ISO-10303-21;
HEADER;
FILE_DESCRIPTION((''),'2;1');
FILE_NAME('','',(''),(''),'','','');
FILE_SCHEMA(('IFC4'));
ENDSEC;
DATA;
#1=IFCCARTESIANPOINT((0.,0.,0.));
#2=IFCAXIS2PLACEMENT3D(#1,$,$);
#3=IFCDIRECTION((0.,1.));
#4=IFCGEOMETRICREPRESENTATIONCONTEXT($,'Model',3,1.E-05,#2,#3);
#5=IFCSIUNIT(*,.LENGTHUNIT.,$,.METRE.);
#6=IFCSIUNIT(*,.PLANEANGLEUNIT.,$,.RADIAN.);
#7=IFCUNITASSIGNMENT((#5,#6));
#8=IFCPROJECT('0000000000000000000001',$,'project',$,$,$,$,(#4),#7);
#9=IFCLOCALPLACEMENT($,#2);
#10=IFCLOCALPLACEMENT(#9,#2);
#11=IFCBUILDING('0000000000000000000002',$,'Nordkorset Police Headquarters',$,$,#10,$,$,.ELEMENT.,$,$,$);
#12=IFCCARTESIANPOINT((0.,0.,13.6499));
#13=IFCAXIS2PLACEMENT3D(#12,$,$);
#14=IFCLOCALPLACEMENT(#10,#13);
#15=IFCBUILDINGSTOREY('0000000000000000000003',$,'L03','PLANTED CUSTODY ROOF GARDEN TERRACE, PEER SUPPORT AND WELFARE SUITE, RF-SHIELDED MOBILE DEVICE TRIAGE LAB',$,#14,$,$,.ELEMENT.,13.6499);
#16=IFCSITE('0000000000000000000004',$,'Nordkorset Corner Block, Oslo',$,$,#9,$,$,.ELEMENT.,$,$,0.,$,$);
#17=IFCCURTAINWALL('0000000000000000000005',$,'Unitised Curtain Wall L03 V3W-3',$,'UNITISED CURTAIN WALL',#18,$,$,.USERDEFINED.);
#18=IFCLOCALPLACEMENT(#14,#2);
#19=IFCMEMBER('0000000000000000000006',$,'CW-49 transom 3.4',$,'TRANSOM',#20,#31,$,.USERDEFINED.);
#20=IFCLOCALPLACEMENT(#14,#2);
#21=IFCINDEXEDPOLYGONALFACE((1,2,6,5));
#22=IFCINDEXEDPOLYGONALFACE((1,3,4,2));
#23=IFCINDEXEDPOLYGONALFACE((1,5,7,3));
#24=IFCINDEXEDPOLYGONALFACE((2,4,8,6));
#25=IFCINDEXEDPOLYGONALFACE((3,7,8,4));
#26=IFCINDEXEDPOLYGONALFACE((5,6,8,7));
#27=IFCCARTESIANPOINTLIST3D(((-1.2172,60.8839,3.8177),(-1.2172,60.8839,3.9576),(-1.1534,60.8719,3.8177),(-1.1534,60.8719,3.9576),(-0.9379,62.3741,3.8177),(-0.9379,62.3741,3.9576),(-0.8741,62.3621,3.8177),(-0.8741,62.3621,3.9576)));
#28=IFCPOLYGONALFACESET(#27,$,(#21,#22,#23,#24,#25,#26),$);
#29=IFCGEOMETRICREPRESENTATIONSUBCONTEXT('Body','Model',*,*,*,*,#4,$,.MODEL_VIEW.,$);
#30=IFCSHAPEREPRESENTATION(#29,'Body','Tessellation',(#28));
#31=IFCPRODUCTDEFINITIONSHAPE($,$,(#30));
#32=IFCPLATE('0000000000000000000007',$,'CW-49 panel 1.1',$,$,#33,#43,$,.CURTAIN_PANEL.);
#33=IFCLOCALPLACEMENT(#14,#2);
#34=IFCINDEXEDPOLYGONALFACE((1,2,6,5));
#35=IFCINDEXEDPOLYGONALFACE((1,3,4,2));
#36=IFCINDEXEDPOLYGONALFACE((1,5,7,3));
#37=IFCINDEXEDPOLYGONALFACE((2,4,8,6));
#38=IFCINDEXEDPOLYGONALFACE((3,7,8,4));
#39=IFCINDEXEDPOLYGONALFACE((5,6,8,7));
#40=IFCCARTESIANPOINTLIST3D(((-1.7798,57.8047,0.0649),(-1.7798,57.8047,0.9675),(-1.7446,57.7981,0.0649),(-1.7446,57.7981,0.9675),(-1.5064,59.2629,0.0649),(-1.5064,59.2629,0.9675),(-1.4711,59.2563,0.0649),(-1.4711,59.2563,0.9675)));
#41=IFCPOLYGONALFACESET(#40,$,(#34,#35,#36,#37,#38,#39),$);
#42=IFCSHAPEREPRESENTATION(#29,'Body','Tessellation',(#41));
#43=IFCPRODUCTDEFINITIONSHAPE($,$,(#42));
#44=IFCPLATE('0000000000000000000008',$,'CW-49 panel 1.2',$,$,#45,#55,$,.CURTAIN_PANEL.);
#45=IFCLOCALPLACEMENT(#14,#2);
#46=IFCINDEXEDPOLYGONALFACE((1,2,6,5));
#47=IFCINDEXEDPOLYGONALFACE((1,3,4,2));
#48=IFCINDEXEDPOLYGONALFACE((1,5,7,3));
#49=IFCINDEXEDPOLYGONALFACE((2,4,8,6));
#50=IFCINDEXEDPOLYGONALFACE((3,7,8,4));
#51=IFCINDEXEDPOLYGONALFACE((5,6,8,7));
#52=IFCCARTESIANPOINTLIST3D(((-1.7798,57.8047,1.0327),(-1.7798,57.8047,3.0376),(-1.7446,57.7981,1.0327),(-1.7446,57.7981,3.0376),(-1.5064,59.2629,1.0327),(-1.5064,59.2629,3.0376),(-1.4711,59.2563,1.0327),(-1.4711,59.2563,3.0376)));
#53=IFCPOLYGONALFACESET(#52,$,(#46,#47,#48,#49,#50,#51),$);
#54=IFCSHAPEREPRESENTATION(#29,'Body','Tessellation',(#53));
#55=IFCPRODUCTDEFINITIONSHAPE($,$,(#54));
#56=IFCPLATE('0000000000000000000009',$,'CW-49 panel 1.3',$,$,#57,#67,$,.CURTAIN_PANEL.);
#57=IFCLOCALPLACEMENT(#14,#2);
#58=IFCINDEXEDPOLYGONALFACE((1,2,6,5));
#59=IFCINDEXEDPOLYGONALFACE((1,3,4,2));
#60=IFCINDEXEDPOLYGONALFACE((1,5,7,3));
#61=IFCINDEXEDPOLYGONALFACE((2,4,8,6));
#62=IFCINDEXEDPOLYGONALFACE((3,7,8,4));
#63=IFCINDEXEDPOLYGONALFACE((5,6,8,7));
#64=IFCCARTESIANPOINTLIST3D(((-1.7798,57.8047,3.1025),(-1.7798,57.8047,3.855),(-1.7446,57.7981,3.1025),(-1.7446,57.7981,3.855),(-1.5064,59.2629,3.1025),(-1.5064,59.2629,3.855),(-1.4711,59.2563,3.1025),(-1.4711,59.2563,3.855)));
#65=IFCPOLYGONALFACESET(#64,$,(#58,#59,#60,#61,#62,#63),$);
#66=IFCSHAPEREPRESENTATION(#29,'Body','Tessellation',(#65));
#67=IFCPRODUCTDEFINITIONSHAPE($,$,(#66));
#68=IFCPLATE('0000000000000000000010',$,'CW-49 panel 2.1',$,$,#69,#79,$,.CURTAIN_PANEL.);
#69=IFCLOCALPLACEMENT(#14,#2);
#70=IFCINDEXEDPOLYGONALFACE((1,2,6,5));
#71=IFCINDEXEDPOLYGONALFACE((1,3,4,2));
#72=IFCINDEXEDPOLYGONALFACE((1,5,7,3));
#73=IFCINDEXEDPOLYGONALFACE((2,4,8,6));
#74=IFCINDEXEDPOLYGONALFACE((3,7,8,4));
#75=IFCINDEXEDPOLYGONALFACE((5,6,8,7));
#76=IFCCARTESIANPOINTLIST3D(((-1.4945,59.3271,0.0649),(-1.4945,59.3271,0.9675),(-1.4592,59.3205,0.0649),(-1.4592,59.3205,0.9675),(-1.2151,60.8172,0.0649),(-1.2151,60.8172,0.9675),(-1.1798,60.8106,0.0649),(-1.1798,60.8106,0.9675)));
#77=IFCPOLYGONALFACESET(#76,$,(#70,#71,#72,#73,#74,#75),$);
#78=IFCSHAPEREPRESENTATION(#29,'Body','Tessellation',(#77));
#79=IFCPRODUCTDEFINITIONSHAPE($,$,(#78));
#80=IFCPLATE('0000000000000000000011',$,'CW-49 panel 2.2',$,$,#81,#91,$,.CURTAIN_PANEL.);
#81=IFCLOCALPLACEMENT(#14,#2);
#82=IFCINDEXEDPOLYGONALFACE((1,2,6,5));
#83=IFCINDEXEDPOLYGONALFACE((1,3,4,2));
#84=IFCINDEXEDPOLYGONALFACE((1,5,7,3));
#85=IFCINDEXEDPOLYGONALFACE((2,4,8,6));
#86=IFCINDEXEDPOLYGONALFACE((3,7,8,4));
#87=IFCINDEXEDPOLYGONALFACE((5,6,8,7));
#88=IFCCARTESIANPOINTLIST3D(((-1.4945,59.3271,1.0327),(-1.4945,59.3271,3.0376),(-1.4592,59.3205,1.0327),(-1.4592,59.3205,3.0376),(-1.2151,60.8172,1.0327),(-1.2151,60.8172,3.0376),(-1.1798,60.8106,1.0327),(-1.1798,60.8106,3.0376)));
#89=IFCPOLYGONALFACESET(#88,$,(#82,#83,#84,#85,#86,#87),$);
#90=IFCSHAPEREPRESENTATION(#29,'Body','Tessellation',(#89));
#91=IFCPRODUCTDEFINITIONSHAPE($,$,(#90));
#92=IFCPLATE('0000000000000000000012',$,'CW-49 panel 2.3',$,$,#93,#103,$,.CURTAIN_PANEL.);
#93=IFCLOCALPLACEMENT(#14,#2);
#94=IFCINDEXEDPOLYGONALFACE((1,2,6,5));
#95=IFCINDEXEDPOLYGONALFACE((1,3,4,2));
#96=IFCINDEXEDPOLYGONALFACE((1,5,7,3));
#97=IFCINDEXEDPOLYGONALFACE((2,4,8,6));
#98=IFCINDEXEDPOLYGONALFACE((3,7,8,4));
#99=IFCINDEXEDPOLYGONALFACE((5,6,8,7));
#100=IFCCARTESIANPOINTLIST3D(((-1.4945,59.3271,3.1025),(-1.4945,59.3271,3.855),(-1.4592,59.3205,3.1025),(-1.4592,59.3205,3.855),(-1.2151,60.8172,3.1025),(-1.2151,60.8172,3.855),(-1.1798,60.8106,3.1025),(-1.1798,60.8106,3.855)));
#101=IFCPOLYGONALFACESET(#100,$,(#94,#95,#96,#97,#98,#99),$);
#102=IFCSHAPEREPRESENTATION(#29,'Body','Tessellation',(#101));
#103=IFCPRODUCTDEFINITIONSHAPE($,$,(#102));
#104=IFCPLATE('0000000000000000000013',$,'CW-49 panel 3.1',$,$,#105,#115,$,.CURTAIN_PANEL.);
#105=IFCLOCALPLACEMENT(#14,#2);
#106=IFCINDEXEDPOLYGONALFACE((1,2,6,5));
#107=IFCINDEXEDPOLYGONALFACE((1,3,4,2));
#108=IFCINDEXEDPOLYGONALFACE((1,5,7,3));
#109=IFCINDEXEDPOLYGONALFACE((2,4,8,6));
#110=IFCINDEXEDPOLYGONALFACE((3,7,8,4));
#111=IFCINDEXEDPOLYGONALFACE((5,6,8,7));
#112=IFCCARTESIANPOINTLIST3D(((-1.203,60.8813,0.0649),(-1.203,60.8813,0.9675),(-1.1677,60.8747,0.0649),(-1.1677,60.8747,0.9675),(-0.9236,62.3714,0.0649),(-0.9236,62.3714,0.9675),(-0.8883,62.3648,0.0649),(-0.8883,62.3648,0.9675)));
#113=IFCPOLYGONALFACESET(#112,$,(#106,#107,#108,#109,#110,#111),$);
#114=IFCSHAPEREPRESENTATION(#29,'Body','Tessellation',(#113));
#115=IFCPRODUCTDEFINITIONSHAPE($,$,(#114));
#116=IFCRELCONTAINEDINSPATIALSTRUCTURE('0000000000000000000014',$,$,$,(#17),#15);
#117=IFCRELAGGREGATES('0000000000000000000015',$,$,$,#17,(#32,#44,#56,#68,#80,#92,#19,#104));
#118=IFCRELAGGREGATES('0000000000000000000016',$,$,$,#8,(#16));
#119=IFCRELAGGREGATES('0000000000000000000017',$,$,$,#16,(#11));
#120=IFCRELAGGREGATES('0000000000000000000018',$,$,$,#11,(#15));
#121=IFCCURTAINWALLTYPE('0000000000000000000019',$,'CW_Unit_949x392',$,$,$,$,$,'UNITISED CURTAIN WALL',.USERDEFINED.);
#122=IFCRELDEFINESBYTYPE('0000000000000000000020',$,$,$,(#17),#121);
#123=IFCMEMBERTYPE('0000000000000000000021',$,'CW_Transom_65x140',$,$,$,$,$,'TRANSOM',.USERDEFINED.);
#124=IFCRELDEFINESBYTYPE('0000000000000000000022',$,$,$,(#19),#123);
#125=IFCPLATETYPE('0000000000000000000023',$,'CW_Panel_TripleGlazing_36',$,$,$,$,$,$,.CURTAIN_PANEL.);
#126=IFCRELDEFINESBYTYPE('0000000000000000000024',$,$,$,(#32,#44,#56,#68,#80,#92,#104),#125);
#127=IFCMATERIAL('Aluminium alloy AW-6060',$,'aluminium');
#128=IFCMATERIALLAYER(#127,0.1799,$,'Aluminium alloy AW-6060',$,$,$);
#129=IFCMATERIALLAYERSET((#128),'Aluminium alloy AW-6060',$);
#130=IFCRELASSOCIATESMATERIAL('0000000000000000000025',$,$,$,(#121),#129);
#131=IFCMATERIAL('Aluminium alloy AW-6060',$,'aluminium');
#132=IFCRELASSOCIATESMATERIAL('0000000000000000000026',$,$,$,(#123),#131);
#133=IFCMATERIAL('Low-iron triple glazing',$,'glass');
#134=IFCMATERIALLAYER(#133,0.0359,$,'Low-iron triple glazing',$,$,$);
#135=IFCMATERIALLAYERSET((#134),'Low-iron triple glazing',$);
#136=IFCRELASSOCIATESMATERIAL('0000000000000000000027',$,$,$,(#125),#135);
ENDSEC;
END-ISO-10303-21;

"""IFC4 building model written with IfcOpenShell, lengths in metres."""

from ifc_helpers import new_model, si_unit, direction, frame, origin, origin_2d, place, context, subcontext, project, spatial, rectangle, extrude, material, layer, layer_set, material_profile, profile_set, type_object, element, aggregate, save


model = new_model("IFC4")

# Units and contexts
model_context = context("Model", 3, precision=1e-05, world=origin(), true_north=direction((0.0, 1.0)))
body_context = subcontext(model_context, "Body", "Model", "MODEL_VIEW")
ifc_project = project(units=[si_unit("LENGTHUNIT", "METRE"), si_unit("PLANEANGLEUNIT", "RADIAN")], contexts=[model_context])

# Site, building, storey
site_placement = place(None, origin())
site = spatial("IfcSite", under=ifc_project, at=site_placement, Name="Nordkorset Corner Block, Oslo", CompositionType="ELEMENT", RefElevation=0.0)
building_placement = place(site_placement, origin())
building = spatial("IfcBuilding", under=site, at=building_placement, Name="Nordkorset Police Headquarters", CompositionType="ELEMENT")
storey_placement = place(building_placement, frame((0.0, 0.0, 13.6499)))
storey = spatial("IfcBuildingStorey", under=building, at=storey_placement, Name="L03", Description="PLANTED CUSTODY ROOF GARDEN TERRACE, PEER SUPPORT AND WELFARE SUITE, RF-SHIELDED MOBILE DEVICE TRIAGE LAB", CompositionType="ELEMENT", Elevation=13.6499)

# Curtain wall, member, plates
ifc_material_1 = material(Name="Aluminium alloy AW-6060", Category="aluminium")
ifc_layer_1 = layer(ifc_material_1, 0.1799, Name="Aluminium alloy AW-6060")
ifc_layer_set_1 = layer_set([ifc_layer_1], Name="Aluminium alloy AW-6060")
curtain_wall_type = type_object("IfcCurtainWallType", Name="CW_Unit_949x392", ElementType="UNITISED CURTAIN WALL", PredefinedType="USERDEFINED", material=ifc_layer_set_1)
curtain_wall_placement = place(storey_placement, origin())
curtain_wall = element("IfcCurtainWall", 1, at=curtain_wall_placement, inside=storey, type_object=curtain_wall_type, Name="Unitised Curtain Wall L03 V3W-3", ObjectType="UNITISED CURTAIN WALL", PredefinedType="USERDEFINED")
ifc_material_2 = material(Name="Aluminium alloy AW-6060", Category="aluminium")
ifc_material_profile_1 = material_profile(ifc_material_2, rectangle(XDim=0.0649, YDim=0.1399, at=origin_2d()), Name="ALU TRAN 65x140")
ifc_profile_set_1 = profile_set([ifc_material_profile_1], Name="Aluminium alloy AW-6060")
member_type_1 = type_object("IfcMemberType", Name="CW_Transom_65x140", ElementType="TRANSOM", PredefinedType="USERDEFINED", material=ifc_profile_set_1)
member_1_placement = place(storey_placement, frame((-1.1853, 60.8779, 3.8877), z_axis=(0.184211, 0.982887, 0.0), x_axis=(-0.982887, 0.184211, 0.0)))
member_1 = element("IfcMember", 2, at=member_1_placement, type_object=member_type_1, Name="CW-49 transom 3.4", ObjectType="TRANSOM", PredefinedType="USERDEFINED", context=body_context, shape_type="SweptSolid", body=[
    extrude(rectangle(XDim=0.0649, YDim=0.1399, at=origin_2d()), origin(), (0.0, 0.0, 1.0), 1.5161),
])
ifc_material_3 = material(Name="Low-iron triple glazing", Category="glass")
ifc_layer_2 = layer(ifc_material_3, 0.0359, Name="Low-iron triple glazing")
ifc_layer_set_2 = layer_set([ifc_layer_2], Name="Low-iron triple glazing")
plate_type = type_object("IfcPlateType", Name="CW_Panel_TripleGlazing_36", PredefinedType="CURTAIN_PANEL", material=ifc_layer_set_2)
plate_1_placement = place(storey_placement, frame((-1.6255, 58.5305, 0.0649), z_axis=(0.0, 0.0, 1.0), x_axis=(0.184289, 0.982872, 0.0)))
plate_1 = element("IfcPlate", 3, at=plate_1_placement, type_object=plate_type, Name="CW-49 panel 1.1", PredefinedType="CURTAIN_PANEL", context=body_context, shape_type="SweptSolid", body=[
    extrude(rectangle(XDim=1.4836, YDim=0.0359, at=origin_2d()), origin(), (0.0, 0.0, 1.0), 0.9026),
])
plate_2_placement = place(storey_placement, frame((-1.6255, 58.5305, 1.0327), z_axis=(0.0, 0.0, 1.0), x_axis=(0.184289, 0.982872, 0.0)))
plate_2 = element("IfcPlate", 4, at=plate_2_placement, type_object=plate_type, Name="CW-49 panel 1.2", PredefinedType="CURTAIN_PANEL", context=body_context, shape_type="SweptSolid", body=[
    extrude(rectangle(XDim=1.4836, YDim=0.0359, at=origin_2d()), origin(), (0.0, 0.0, 1.0), 2.0049),
])
plate_3_placement = place(storey_placement, frame((-1.6255, 58.5305, 3.1025), z_axis=(0.0, 0.0, 1.0), x_axis=(0.184289, 0.982872, 0.0)))
plate_3 = element("IfcPlate", 5, at=plate_3_placement, type_object=plate_type, Name="CW-49 panel 1.3", PredefinedType="CURTAIN_PANEL", context=body_context, shape_type="SweptSolid", body=[
    extrude(rectangle(XDim=1.4836, YDim=0.0359, at=origin_2d()), origin(), (0.0, 0.0, 1.0), 0.7524),
])
plate_4_placement = place(storey_placement, frame((-1.3372, 60.0688, 0.0649), z_axis=(0.0, 0.0, 1.0), x_axis=(0.184289, 0.982872, 0.0)))
plate_4 = element("IfcPlate", 6, at=plate_4_placement, type_object=plate_type, Name="CW-49 panel 2.1", PredefinedType="CURTAIN_PANEL", context=body_context, shape_type="SweptSolid", body=[
    extrude(rectangle(XDim=1.5161, YDim=0.0359, at=origin_2d()), origin(), (0.0, 0.0, 1.0), 0.9026),
])
plate_5_placement = place(storey_placement, frame((-1.3372, 60.0688, 1.0327), z_axis=(0.0, 0.0, 1.0), x_axis=(0.184289, 0.982872, 0.0)))
plate_5 = element("IfcPlate", 7, at=plate_5_placement, type_object=plate_type, Name="CW-49 panel 2.2", PredefinedType="CURTAIN_PANEL", context=body_context, shape_type="SweptSolid", body=[
    extrude(rectangle(XDim=1.5161, YDim=0.0359, at=origin_2d()), origin(), (0.0, 0.0, 1.0), 2.0049),
])
plate_6_placement = place(storey_placement, frame((-1.3372, 60.0688, 3.1025), z_axis=(0.0, 0.0, 1.0), x_axis=(0.184289, 0.982872, 0.0)))
plate_6 = element("IfcPlate", 8, at=plate_6_placement, type_object=plate_type, Name="CW-49 panel 2.3", PredefinedType="CURTAIN_PANEL", context=body_context, shape_type="SweptSolid", body=[
    extrude(rectangle(XDim=1.5161, YDim=0.0359, at=origin_2d()), origin(), (0.0, 0.0, 1.0), 0.7524),
])
plate_7_placement = place(storey_placement, frame((-1.0457, 61.623, 0.0649), z_axis=(0.0, 0.0, 1.0), x_axis=(0.184289, 0.982872, 0.0)))
plate_7 = element("IfcPlate", 9, at=plate_7_placement, type_object=plate_type, Name="CW-49 panel 3.1", PredefinedType="CURTAIN_PANEL", context=body_context, shape_type="SweptSolid", body=[
    extrude(rectangle(XDim=1.5161, YDim=0.0359, at=origin_2d()), origin(), (0.0, 0.0, 1.0), 0.9026),
])
aggregate(curtain_wall, [plate_1, plate_2, plate_3, plate_4, plate_5, plate_6, member_1, plate_7])

save(model, "model.ifc")
